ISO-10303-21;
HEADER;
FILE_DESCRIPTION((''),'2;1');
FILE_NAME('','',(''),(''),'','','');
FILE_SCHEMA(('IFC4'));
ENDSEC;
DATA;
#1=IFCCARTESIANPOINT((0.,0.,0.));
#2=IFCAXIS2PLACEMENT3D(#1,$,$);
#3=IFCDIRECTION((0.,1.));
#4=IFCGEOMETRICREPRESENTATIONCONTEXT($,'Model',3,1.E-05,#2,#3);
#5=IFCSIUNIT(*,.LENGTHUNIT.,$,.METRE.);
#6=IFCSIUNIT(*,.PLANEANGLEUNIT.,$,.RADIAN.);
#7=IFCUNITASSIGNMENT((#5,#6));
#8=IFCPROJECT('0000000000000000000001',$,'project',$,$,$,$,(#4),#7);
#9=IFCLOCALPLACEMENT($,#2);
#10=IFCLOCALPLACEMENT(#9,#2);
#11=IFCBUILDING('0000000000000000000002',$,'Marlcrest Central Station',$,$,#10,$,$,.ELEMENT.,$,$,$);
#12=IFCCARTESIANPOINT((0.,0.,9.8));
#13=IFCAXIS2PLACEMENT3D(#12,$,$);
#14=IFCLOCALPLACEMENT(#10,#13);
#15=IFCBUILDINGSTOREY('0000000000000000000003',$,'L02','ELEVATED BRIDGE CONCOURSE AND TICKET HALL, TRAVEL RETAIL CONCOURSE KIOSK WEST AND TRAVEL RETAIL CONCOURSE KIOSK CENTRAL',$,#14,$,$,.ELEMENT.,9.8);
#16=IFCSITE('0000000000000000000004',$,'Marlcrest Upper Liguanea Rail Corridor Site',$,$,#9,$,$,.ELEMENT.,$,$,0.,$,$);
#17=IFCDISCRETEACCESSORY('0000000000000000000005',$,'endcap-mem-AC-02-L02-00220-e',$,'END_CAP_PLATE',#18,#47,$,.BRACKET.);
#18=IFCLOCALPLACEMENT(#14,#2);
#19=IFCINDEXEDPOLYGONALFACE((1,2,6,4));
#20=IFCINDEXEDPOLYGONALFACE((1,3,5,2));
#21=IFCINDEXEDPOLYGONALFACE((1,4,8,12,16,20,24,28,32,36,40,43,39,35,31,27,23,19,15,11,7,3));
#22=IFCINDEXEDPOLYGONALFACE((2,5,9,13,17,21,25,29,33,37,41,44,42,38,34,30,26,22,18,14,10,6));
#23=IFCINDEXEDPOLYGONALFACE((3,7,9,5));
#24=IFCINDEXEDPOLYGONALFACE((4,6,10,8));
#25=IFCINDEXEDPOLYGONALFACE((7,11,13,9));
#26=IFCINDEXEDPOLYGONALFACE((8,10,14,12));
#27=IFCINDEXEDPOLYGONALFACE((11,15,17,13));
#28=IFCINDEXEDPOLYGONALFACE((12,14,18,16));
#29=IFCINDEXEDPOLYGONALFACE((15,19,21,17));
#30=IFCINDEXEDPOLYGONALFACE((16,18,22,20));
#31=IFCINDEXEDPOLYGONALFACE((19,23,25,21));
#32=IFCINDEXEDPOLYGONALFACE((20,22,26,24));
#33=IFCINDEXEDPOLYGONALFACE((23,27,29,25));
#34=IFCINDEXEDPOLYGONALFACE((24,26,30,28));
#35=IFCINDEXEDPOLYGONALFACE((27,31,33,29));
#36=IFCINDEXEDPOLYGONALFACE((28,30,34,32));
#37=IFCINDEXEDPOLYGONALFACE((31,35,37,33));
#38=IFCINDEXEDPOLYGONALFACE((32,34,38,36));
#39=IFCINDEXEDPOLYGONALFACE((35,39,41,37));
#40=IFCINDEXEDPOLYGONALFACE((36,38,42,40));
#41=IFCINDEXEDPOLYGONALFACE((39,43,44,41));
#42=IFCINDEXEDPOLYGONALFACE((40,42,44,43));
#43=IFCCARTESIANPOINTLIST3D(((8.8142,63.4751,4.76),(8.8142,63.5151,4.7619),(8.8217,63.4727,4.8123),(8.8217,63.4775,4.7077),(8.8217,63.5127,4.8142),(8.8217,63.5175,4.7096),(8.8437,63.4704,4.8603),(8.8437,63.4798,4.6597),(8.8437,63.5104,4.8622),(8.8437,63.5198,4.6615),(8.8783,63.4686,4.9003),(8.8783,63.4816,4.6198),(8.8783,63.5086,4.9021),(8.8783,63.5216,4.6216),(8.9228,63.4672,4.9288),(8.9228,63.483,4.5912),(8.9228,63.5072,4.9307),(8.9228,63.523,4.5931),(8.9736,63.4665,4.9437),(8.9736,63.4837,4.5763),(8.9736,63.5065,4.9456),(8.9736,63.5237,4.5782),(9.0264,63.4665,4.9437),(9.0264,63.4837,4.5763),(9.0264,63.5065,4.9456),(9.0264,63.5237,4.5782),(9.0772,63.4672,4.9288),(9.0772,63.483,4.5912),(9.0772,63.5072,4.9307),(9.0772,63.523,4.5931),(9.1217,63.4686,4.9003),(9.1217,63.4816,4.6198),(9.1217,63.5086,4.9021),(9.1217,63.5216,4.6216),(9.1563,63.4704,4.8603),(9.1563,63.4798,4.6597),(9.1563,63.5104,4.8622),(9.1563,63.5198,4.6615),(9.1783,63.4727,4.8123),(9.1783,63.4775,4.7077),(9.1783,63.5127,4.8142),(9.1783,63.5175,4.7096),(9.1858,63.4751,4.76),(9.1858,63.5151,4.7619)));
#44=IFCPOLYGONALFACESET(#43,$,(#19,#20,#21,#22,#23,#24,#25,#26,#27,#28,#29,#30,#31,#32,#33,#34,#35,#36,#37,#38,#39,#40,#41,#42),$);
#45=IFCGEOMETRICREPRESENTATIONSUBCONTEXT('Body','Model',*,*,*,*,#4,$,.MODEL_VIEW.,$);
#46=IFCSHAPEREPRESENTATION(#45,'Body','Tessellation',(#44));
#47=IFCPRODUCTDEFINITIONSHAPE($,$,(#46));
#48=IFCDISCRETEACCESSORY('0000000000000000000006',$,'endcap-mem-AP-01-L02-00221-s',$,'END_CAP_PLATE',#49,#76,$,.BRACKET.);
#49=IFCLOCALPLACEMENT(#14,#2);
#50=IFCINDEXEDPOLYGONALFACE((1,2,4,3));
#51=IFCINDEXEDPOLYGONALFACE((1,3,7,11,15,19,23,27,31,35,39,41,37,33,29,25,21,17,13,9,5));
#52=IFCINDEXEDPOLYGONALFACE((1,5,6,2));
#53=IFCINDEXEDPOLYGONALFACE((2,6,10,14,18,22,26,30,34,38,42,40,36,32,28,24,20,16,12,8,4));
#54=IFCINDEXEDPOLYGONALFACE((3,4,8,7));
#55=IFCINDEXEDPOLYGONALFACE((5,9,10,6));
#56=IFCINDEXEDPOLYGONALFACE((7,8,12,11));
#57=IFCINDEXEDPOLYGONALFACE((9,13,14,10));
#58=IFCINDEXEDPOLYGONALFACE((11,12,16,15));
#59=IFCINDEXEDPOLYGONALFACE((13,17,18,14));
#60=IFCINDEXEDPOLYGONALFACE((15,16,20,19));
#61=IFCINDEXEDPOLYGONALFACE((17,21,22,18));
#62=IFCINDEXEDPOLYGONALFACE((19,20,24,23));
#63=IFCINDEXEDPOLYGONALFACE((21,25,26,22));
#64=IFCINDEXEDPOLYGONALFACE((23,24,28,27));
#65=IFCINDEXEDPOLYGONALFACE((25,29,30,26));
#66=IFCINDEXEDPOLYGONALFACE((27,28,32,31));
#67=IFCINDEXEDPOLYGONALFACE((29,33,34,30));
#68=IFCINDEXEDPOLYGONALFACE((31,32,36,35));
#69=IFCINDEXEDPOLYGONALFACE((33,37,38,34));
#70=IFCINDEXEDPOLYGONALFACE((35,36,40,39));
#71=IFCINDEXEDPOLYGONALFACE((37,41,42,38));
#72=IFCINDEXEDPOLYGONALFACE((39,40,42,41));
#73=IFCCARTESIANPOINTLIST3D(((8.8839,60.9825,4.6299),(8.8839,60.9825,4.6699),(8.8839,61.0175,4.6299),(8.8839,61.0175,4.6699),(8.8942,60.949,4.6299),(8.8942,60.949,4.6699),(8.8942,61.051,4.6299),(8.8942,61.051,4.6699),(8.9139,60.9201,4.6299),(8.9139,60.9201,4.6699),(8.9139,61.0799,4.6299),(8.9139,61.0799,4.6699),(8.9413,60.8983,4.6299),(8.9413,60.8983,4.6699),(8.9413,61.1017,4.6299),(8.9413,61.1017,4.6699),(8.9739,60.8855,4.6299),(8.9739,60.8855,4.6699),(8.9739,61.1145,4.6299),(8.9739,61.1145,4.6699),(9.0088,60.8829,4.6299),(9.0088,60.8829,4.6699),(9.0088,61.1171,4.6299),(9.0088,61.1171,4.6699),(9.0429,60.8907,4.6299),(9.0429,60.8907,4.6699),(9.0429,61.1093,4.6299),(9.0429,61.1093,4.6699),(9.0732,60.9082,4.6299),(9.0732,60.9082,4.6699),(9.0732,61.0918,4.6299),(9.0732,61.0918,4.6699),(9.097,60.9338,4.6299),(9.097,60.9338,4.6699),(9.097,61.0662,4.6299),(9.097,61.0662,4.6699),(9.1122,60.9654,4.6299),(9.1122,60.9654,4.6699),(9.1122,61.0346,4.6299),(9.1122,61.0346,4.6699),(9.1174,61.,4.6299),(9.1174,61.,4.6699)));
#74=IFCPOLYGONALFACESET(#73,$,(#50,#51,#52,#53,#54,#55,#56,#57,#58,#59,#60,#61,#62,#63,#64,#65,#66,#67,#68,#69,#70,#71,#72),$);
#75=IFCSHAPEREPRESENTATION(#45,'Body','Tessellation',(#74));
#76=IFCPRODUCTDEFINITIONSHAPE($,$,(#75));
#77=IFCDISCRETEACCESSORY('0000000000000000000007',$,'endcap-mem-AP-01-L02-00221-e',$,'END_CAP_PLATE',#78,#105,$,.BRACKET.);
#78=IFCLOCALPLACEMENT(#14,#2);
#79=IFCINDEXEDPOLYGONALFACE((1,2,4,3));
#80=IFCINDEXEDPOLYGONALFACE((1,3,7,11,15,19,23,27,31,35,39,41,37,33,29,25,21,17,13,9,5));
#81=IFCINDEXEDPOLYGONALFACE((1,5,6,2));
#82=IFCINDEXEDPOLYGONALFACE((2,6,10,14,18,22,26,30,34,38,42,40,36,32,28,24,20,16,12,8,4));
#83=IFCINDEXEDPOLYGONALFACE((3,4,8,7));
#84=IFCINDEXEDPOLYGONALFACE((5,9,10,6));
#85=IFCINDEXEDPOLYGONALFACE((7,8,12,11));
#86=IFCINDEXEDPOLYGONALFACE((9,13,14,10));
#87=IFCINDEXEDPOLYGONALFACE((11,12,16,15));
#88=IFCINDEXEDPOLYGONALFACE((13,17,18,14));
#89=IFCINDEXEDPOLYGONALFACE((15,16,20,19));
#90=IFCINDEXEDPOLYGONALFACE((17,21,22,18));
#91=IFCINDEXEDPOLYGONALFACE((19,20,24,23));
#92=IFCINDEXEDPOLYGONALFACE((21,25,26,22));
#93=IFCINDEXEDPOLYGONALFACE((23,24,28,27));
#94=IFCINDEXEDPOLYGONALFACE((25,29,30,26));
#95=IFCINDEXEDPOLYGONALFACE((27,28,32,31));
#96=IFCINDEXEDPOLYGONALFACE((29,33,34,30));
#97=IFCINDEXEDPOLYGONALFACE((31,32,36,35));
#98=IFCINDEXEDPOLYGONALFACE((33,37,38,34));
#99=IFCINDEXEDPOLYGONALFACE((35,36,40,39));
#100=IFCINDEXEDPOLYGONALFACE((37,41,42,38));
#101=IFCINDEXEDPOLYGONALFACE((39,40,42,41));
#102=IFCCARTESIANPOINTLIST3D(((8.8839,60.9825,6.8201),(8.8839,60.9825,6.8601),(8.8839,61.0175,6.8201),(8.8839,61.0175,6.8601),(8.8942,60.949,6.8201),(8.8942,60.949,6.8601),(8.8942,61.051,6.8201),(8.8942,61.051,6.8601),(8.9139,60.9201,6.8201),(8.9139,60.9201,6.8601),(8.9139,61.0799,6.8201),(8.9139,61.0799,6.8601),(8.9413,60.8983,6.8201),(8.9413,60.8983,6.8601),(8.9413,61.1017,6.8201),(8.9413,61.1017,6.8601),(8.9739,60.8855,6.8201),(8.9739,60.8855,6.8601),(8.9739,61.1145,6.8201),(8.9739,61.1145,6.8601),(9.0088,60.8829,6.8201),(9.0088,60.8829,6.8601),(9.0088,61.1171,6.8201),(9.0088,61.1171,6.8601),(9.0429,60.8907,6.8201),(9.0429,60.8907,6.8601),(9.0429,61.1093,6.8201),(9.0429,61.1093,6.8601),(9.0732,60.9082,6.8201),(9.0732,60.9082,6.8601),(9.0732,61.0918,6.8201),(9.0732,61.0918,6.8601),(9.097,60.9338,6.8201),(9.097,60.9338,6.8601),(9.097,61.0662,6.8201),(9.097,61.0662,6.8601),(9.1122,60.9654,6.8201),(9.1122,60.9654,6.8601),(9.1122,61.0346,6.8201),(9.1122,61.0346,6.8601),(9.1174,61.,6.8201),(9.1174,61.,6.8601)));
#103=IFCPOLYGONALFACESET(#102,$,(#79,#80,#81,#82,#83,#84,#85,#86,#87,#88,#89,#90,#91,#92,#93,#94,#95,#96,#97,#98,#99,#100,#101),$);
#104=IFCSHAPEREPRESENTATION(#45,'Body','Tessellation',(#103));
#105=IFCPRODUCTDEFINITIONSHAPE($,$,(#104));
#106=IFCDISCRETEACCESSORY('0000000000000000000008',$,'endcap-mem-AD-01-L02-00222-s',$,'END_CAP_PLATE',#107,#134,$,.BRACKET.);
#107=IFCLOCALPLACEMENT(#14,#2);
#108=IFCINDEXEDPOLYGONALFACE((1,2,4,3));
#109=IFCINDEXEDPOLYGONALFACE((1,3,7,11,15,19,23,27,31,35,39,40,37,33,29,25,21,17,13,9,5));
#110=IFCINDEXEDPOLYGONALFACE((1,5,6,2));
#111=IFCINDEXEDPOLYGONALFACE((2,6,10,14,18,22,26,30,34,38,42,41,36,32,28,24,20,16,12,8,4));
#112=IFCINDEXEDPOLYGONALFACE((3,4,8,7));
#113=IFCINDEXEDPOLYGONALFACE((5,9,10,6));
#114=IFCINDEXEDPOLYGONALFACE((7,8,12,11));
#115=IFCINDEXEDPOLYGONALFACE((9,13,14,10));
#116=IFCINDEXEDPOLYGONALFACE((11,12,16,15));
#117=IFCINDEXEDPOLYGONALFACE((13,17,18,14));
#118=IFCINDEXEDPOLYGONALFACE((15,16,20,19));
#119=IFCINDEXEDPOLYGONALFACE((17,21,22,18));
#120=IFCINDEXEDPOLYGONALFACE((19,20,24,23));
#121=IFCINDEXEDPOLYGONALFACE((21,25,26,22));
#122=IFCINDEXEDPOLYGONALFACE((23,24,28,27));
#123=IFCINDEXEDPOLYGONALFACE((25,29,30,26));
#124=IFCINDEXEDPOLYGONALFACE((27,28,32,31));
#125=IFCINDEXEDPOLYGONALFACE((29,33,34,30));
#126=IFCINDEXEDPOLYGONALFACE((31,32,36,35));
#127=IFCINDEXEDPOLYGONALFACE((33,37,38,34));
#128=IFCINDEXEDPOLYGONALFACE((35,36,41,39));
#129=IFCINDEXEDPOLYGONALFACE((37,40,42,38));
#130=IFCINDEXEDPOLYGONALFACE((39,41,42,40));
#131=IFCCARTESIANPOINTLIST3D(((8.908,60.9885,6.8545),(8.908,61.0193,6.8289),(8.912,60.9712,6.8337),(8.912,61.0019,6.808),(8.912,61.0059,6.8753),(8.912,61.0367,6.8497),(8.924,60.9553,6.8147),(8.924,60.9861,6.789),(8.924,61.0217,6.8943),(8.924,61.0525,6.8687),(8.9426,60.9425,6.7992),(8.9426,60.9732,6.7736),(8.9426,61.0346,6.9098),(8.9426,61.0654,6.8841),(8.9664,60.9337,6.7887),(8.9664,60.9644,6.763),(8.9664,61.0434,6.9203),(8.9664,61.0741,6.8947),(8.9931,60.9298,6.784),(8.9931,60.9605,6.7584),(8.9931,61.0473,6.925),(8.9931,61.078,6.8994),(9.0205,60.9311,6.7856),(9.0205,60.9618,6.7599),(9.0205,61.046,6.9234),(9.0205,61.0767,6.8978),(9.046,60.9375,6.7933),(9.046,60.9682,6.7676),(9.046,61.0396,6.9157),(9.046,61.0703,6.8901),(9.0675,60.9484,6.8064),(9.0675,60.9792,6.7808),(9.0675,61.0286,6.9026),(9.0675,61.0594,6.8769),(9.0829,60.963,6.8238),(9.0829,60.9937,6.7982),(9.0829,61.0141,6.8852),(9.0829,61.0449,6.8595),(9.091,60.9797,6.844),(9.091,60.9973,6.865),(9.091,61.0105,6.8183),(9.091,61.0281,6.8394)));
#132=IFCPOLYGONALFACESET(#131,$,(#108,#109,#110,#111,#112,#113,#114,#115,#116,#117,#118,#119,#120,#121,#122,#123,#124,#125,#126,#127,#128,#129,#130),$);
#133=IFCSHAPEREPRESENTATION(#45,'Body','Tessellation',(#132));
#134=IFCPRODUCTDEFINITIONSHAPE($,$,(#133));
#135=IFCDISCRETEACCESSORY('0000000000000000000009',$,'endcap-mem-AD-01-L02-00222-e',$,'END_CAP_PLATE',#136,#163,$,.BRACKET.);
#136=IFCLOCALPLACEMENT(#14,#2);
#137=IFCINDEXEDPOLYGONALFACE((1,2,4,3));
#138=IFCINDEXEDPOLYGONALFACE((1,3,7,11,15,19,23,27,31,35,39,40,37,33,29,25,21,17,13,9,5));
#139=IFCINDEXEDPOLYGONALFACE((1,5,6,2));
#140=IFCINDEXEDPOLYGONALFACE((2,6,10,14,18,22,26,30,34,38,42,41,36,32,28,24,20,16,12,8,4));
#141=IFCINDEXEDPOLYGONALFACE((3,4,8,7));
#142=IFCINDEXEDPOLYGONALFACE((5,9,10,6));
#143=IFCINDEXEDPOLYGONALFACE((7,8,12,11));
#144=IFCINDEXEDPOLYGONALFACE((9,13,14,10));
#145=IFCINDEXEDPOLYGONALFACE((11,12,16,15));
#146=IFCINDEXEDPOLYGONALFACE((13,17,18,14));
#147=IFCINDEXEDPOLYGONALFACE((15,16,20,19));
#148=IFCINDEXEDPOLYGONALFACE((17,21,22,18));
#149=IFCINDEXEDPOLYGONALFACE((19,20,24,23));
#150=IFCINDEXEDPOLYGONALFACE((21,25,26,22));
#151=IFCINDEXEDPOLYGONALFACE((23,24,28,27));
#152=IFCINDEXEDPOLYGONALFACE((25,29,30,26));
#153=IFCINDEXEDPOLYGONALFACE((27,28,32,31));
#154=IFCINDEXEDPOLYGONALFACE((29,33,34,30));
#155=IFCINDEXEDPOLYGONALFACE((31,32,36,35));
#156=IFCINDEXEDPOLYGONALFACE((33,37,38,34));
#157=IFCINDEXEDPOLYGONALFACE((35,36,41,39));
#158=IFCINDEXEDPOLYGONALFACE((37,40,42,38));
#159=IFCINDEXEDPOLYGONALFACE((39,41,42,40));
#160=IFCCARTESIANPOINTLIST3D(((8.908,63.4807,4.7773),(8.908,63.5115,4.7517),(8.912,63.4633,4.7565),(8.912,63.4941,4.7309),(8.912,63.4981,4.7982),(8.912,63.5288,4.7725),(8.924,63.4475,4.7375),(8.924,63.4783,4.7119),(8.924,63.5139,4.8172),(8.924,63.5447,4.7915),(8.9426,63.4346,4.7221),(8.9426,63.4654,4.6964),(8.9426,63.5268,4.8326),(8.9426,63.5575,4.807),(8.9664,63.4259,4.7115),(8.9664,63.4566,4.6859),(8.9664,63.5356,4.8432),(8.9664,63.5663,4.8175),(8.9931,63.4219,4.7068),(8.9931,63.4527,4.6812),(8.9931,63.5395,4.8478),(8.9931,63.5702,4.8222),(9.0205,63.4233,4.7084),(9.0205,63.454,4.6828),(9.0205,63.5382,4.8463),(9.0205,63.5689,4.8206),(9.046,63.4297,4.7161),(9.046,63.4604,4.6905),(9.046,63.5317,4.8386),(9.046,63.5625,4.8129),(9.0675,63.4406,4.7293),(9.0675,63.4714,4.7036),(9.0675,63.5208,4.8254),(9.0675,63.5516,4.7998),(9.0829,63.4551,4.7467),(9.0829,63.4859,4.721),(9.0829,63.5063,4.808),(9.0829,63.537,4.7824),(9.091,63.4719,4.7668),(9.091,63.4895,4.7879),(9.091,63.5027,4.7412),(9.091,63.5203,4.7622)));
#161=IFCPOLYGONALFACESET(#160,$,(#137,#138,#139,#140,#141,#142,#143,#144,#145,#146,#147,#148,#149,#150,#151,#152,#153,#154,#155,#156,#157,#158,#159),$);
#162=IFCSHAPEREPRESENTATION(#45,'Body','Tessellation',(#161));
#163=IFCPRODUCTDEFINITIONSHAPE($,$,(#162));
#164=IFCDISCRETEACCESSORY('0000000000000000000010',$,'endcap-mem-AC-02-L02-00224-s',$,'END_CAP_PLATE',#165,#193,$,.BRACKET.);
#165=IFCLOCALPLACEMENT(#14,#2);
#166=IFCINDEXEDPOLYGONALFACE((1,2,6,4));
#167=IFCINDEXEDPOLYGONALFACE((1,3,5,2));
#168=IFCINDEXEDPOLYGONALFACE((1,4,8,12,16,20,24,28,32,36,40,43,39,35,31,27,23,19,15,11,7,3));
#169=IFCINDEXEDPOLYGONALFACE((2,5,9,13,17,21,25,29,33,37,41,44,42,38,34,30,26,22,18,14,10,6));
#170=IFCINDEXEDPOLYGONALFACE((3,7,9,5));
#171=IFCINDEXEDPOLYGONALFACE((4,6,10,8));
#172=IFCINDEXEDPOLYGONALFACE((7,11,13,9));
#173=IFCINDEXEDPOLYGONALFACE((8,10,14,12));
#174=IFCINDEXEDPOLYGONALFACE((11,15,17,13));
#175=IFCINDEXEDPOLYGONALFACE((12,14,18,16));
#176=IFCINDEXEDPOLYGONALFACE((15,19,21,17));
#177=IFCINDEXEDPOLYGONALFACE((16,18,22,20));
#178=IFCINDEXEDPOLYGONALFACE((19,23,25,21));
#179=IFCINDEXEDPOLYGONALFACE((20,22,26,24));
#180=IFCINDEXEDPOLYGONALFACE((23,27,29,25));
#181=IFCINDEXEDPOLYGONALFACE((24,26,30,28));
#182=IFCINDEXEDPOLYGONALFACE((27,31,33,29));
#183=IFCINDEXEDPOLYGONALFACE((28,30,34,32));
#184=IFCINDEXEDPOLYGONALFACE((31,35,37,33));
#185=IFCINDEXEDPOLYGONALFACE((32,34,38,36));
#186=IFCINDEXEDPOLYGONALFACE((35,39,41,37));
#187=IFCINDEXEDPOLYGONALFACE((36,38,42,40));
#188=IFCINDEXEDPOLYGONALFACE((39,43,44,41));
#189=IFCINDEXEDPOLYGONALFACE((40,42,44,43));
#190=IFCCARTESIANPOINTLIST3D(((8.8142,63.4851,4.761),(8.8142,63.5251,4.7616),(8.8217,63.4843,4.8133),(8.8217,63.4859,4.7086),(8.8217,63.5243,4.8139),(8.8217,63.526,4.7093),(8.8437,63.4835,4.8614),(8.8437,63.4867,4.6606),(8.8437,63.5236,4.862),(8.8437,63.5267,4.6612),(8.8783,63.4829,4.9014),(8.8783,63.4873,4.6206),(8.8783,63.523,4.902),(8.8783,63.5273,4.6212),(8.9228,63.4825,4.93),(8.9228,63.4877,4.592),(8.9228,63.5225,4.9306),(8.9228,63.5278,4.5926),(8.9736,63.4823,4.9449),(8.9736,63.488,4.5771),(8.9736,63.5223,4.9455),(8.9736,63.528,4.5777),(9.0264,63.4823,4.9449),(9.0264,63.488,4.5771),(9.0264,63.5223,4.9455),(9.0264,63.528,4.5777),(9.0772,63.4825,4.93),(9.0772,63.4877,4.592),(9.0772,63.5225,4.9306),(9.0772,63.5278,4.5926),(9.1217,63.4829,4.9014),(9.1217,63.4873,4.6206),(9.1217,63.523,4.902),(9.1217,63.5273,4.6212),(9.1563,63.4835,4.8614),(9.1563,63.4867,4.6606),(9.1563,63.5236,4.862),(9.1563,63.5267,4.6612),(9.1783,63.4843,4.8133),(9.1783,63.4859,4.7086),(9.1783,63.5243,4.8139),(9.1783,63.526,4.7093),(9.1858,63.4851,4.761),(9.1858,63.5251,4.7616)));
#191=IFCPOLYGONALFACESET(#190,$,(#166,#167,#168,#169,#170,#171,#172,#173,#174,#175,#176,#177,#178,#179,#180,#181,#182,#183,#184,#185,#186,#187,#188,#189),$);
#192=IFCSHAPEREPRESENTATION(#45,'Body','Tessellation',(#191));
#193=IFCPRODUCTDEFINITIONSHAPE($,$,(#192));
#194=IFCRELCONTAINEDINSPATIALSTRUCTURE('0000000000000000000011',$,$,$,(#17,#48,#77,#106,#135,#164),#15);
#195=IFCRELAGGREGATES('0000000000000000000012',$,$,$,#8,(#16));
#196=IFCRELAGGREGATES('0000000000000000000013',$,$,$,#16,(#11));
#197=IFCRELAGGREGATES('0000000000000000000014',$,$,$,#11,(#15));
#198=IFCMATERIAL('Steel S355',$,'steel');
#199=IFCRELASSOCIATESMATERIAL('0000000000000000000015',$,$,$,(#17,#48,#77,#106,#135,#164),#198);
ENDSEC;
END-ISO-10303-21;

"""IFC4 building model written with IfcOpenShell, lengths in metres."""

from ifc_helpers import new_model, si_unit, direction, frame, origin, origin_2d, place, context, subcontext, project, spatial, circle, extrude, material, element, save


model = new_model("IFC4")

# Units and contexts
model_context = context("Model", 3, precision=1e-05, world=origin(), true_north=direction((0.0, 1.0)))
body_context = subcontext(model_context, "Body", "Model", "MODEL_VIEW")
ifc_project = project(units=[si_unit("LENGTHUNIT", "METRE"), si_unit("PLANEANGLEUNIT", "RADIAN")], contexts=[model_context])

# Site, building, storey
site_placement = place(None, origin())
site = spatial("IfcSite", under=ifc_project, at=site_placement, Name="Marlcrest Upper Liguanea Rail Corridor Site", CompositionType="ELEMENT", RefElevation=0.0)
building_placement = place(site_placement, origin())
building = spatial("IfcBuilding", under=site, at=building_placement, Name="Marlcrest Central Station", CompositionType="ELEMENT")
storey_placement = place(building_placement, frame((0.0, 0.0, 9.8)))
storey = spatial("IfcBuildingStorey", under=building, at=storey_placement, Name="L02", Description="ELEVATED BRIDGE CONCOURSE AND TICKET HALL, TRAVEL RETAIL CONCOURSE KIOSK WEST AND TRAVEL RETAIL CONCOURSE KIOSK CENTRAL", CompositionType="ELEMENT", Elevation=9.8)

# Shared definitions
ifc_material = material(Name="Steel S355", Category="steel")

# Discrete accessories
for number, where, z_axis, x_axis, name in (
    (1, (9.0, 63.4751, 4.76), (0.0, 0.998917, 0.046532), (-1.0, 0.0, 0.0), "endcap-mem-AC-02-L02-00220-e"),
):
    element("IfcDiscreteAccessory", number, at=place(storey_placement, frame(where, z_axis=z_axis, x_axis=x_axis)), inside=storey, material=ifc_material, Name=name, ObjectType="END_CAP_PLATE", PredefinedType="BRACKET", context=body_context, shape_type="SweptSolid", body=[
        extrude(circle(Radius=0.1858, at=origin_2d()), origin(), (0.0, 0.0, 1.0), 0.04),
    ])
for number, where, z_axis, x_axis, name in (
    (2, (9.0, 61.0, 4.6299), (0.0, 0.0, 1.0), (1.0, 0.0, 0.0), "endcap-mem-AP-01-L02-00221-s"),
    (3, (9.0, 61.0, 6.8201), (0.0, 0.0, 1.0), (1.0, 0.0, 0.0), "endcap-mem-AP-01-L02-00221-e"),
):
    element("IfcDiscreteAccessory", number, at=place(storey_placement, frame(where, z_axis=z_axis, x_axis=x_axis)), inside=storey, material=ifc_material, Name=name, ObjectType="END_CAP_PLATE", PredefinedType="BRACKET", context=body_context, shape_type="SweptSolid", body=[
        extrude(circle(Radius=0.1174, at=origin_2d()), origin(), (0.0, 0.0, 1.0), 0.04),
    ])
for number, where, z_axis, x_axis, name in (
    (4, (9.0, 60.9885, 6.8545), (0.0, 0.76816, -0.640258), (-1.0, 0.0, 0.0), "endcap-mem-AD-01-L02-00222-s"),
    (5, (9.0, 63.4807, 4.7773), (0.0, 0.76816, -0.640258), (-1.0, 0.0, 0.0), "endcap-mem-AD-01-L02-00222-e"),
):
    element("IfcDiscreteAccessory", number, at=place(storey_placement, frame(where, z_axis=z_axis, x_axis=x_axis)), inside=storey, material=ifc_material, Name=name, ObjectType="END_CAP_PLATE", PredefinedType="BRACKET", context=body_context, shape_type="SweptSolid", body=[
        extrude(circle(Radius=0.092, at=origin_2d()), origin(), (0.0, 0.0, 1.0), 0.04),
    ])
discrete_accessory_1_placement = place(storey_placement, frame((9.0, 63.4851, 4.761), z_axis=(0.0, 0.999879, 0.015525), x_axis=(-1.0, 0.0, 0.0)))
element("IfcDiscreteAccessory", 6, at=discrete_accessory_1_placement, inside=storey, material=ifc_material, Name="endcap-mem-AC-02-L02-00224-s", ObjectType="END_CAP_PLATE", PredefinedType="BRACKET", context=body_context, shape_type="SweptSolid", body=[
    extrude(circle(Radius=0.1858, at=origin_2d()), origin(), (0.0, 0.0, 1.0), 0.04),
])

save(model, "model.ifc")
